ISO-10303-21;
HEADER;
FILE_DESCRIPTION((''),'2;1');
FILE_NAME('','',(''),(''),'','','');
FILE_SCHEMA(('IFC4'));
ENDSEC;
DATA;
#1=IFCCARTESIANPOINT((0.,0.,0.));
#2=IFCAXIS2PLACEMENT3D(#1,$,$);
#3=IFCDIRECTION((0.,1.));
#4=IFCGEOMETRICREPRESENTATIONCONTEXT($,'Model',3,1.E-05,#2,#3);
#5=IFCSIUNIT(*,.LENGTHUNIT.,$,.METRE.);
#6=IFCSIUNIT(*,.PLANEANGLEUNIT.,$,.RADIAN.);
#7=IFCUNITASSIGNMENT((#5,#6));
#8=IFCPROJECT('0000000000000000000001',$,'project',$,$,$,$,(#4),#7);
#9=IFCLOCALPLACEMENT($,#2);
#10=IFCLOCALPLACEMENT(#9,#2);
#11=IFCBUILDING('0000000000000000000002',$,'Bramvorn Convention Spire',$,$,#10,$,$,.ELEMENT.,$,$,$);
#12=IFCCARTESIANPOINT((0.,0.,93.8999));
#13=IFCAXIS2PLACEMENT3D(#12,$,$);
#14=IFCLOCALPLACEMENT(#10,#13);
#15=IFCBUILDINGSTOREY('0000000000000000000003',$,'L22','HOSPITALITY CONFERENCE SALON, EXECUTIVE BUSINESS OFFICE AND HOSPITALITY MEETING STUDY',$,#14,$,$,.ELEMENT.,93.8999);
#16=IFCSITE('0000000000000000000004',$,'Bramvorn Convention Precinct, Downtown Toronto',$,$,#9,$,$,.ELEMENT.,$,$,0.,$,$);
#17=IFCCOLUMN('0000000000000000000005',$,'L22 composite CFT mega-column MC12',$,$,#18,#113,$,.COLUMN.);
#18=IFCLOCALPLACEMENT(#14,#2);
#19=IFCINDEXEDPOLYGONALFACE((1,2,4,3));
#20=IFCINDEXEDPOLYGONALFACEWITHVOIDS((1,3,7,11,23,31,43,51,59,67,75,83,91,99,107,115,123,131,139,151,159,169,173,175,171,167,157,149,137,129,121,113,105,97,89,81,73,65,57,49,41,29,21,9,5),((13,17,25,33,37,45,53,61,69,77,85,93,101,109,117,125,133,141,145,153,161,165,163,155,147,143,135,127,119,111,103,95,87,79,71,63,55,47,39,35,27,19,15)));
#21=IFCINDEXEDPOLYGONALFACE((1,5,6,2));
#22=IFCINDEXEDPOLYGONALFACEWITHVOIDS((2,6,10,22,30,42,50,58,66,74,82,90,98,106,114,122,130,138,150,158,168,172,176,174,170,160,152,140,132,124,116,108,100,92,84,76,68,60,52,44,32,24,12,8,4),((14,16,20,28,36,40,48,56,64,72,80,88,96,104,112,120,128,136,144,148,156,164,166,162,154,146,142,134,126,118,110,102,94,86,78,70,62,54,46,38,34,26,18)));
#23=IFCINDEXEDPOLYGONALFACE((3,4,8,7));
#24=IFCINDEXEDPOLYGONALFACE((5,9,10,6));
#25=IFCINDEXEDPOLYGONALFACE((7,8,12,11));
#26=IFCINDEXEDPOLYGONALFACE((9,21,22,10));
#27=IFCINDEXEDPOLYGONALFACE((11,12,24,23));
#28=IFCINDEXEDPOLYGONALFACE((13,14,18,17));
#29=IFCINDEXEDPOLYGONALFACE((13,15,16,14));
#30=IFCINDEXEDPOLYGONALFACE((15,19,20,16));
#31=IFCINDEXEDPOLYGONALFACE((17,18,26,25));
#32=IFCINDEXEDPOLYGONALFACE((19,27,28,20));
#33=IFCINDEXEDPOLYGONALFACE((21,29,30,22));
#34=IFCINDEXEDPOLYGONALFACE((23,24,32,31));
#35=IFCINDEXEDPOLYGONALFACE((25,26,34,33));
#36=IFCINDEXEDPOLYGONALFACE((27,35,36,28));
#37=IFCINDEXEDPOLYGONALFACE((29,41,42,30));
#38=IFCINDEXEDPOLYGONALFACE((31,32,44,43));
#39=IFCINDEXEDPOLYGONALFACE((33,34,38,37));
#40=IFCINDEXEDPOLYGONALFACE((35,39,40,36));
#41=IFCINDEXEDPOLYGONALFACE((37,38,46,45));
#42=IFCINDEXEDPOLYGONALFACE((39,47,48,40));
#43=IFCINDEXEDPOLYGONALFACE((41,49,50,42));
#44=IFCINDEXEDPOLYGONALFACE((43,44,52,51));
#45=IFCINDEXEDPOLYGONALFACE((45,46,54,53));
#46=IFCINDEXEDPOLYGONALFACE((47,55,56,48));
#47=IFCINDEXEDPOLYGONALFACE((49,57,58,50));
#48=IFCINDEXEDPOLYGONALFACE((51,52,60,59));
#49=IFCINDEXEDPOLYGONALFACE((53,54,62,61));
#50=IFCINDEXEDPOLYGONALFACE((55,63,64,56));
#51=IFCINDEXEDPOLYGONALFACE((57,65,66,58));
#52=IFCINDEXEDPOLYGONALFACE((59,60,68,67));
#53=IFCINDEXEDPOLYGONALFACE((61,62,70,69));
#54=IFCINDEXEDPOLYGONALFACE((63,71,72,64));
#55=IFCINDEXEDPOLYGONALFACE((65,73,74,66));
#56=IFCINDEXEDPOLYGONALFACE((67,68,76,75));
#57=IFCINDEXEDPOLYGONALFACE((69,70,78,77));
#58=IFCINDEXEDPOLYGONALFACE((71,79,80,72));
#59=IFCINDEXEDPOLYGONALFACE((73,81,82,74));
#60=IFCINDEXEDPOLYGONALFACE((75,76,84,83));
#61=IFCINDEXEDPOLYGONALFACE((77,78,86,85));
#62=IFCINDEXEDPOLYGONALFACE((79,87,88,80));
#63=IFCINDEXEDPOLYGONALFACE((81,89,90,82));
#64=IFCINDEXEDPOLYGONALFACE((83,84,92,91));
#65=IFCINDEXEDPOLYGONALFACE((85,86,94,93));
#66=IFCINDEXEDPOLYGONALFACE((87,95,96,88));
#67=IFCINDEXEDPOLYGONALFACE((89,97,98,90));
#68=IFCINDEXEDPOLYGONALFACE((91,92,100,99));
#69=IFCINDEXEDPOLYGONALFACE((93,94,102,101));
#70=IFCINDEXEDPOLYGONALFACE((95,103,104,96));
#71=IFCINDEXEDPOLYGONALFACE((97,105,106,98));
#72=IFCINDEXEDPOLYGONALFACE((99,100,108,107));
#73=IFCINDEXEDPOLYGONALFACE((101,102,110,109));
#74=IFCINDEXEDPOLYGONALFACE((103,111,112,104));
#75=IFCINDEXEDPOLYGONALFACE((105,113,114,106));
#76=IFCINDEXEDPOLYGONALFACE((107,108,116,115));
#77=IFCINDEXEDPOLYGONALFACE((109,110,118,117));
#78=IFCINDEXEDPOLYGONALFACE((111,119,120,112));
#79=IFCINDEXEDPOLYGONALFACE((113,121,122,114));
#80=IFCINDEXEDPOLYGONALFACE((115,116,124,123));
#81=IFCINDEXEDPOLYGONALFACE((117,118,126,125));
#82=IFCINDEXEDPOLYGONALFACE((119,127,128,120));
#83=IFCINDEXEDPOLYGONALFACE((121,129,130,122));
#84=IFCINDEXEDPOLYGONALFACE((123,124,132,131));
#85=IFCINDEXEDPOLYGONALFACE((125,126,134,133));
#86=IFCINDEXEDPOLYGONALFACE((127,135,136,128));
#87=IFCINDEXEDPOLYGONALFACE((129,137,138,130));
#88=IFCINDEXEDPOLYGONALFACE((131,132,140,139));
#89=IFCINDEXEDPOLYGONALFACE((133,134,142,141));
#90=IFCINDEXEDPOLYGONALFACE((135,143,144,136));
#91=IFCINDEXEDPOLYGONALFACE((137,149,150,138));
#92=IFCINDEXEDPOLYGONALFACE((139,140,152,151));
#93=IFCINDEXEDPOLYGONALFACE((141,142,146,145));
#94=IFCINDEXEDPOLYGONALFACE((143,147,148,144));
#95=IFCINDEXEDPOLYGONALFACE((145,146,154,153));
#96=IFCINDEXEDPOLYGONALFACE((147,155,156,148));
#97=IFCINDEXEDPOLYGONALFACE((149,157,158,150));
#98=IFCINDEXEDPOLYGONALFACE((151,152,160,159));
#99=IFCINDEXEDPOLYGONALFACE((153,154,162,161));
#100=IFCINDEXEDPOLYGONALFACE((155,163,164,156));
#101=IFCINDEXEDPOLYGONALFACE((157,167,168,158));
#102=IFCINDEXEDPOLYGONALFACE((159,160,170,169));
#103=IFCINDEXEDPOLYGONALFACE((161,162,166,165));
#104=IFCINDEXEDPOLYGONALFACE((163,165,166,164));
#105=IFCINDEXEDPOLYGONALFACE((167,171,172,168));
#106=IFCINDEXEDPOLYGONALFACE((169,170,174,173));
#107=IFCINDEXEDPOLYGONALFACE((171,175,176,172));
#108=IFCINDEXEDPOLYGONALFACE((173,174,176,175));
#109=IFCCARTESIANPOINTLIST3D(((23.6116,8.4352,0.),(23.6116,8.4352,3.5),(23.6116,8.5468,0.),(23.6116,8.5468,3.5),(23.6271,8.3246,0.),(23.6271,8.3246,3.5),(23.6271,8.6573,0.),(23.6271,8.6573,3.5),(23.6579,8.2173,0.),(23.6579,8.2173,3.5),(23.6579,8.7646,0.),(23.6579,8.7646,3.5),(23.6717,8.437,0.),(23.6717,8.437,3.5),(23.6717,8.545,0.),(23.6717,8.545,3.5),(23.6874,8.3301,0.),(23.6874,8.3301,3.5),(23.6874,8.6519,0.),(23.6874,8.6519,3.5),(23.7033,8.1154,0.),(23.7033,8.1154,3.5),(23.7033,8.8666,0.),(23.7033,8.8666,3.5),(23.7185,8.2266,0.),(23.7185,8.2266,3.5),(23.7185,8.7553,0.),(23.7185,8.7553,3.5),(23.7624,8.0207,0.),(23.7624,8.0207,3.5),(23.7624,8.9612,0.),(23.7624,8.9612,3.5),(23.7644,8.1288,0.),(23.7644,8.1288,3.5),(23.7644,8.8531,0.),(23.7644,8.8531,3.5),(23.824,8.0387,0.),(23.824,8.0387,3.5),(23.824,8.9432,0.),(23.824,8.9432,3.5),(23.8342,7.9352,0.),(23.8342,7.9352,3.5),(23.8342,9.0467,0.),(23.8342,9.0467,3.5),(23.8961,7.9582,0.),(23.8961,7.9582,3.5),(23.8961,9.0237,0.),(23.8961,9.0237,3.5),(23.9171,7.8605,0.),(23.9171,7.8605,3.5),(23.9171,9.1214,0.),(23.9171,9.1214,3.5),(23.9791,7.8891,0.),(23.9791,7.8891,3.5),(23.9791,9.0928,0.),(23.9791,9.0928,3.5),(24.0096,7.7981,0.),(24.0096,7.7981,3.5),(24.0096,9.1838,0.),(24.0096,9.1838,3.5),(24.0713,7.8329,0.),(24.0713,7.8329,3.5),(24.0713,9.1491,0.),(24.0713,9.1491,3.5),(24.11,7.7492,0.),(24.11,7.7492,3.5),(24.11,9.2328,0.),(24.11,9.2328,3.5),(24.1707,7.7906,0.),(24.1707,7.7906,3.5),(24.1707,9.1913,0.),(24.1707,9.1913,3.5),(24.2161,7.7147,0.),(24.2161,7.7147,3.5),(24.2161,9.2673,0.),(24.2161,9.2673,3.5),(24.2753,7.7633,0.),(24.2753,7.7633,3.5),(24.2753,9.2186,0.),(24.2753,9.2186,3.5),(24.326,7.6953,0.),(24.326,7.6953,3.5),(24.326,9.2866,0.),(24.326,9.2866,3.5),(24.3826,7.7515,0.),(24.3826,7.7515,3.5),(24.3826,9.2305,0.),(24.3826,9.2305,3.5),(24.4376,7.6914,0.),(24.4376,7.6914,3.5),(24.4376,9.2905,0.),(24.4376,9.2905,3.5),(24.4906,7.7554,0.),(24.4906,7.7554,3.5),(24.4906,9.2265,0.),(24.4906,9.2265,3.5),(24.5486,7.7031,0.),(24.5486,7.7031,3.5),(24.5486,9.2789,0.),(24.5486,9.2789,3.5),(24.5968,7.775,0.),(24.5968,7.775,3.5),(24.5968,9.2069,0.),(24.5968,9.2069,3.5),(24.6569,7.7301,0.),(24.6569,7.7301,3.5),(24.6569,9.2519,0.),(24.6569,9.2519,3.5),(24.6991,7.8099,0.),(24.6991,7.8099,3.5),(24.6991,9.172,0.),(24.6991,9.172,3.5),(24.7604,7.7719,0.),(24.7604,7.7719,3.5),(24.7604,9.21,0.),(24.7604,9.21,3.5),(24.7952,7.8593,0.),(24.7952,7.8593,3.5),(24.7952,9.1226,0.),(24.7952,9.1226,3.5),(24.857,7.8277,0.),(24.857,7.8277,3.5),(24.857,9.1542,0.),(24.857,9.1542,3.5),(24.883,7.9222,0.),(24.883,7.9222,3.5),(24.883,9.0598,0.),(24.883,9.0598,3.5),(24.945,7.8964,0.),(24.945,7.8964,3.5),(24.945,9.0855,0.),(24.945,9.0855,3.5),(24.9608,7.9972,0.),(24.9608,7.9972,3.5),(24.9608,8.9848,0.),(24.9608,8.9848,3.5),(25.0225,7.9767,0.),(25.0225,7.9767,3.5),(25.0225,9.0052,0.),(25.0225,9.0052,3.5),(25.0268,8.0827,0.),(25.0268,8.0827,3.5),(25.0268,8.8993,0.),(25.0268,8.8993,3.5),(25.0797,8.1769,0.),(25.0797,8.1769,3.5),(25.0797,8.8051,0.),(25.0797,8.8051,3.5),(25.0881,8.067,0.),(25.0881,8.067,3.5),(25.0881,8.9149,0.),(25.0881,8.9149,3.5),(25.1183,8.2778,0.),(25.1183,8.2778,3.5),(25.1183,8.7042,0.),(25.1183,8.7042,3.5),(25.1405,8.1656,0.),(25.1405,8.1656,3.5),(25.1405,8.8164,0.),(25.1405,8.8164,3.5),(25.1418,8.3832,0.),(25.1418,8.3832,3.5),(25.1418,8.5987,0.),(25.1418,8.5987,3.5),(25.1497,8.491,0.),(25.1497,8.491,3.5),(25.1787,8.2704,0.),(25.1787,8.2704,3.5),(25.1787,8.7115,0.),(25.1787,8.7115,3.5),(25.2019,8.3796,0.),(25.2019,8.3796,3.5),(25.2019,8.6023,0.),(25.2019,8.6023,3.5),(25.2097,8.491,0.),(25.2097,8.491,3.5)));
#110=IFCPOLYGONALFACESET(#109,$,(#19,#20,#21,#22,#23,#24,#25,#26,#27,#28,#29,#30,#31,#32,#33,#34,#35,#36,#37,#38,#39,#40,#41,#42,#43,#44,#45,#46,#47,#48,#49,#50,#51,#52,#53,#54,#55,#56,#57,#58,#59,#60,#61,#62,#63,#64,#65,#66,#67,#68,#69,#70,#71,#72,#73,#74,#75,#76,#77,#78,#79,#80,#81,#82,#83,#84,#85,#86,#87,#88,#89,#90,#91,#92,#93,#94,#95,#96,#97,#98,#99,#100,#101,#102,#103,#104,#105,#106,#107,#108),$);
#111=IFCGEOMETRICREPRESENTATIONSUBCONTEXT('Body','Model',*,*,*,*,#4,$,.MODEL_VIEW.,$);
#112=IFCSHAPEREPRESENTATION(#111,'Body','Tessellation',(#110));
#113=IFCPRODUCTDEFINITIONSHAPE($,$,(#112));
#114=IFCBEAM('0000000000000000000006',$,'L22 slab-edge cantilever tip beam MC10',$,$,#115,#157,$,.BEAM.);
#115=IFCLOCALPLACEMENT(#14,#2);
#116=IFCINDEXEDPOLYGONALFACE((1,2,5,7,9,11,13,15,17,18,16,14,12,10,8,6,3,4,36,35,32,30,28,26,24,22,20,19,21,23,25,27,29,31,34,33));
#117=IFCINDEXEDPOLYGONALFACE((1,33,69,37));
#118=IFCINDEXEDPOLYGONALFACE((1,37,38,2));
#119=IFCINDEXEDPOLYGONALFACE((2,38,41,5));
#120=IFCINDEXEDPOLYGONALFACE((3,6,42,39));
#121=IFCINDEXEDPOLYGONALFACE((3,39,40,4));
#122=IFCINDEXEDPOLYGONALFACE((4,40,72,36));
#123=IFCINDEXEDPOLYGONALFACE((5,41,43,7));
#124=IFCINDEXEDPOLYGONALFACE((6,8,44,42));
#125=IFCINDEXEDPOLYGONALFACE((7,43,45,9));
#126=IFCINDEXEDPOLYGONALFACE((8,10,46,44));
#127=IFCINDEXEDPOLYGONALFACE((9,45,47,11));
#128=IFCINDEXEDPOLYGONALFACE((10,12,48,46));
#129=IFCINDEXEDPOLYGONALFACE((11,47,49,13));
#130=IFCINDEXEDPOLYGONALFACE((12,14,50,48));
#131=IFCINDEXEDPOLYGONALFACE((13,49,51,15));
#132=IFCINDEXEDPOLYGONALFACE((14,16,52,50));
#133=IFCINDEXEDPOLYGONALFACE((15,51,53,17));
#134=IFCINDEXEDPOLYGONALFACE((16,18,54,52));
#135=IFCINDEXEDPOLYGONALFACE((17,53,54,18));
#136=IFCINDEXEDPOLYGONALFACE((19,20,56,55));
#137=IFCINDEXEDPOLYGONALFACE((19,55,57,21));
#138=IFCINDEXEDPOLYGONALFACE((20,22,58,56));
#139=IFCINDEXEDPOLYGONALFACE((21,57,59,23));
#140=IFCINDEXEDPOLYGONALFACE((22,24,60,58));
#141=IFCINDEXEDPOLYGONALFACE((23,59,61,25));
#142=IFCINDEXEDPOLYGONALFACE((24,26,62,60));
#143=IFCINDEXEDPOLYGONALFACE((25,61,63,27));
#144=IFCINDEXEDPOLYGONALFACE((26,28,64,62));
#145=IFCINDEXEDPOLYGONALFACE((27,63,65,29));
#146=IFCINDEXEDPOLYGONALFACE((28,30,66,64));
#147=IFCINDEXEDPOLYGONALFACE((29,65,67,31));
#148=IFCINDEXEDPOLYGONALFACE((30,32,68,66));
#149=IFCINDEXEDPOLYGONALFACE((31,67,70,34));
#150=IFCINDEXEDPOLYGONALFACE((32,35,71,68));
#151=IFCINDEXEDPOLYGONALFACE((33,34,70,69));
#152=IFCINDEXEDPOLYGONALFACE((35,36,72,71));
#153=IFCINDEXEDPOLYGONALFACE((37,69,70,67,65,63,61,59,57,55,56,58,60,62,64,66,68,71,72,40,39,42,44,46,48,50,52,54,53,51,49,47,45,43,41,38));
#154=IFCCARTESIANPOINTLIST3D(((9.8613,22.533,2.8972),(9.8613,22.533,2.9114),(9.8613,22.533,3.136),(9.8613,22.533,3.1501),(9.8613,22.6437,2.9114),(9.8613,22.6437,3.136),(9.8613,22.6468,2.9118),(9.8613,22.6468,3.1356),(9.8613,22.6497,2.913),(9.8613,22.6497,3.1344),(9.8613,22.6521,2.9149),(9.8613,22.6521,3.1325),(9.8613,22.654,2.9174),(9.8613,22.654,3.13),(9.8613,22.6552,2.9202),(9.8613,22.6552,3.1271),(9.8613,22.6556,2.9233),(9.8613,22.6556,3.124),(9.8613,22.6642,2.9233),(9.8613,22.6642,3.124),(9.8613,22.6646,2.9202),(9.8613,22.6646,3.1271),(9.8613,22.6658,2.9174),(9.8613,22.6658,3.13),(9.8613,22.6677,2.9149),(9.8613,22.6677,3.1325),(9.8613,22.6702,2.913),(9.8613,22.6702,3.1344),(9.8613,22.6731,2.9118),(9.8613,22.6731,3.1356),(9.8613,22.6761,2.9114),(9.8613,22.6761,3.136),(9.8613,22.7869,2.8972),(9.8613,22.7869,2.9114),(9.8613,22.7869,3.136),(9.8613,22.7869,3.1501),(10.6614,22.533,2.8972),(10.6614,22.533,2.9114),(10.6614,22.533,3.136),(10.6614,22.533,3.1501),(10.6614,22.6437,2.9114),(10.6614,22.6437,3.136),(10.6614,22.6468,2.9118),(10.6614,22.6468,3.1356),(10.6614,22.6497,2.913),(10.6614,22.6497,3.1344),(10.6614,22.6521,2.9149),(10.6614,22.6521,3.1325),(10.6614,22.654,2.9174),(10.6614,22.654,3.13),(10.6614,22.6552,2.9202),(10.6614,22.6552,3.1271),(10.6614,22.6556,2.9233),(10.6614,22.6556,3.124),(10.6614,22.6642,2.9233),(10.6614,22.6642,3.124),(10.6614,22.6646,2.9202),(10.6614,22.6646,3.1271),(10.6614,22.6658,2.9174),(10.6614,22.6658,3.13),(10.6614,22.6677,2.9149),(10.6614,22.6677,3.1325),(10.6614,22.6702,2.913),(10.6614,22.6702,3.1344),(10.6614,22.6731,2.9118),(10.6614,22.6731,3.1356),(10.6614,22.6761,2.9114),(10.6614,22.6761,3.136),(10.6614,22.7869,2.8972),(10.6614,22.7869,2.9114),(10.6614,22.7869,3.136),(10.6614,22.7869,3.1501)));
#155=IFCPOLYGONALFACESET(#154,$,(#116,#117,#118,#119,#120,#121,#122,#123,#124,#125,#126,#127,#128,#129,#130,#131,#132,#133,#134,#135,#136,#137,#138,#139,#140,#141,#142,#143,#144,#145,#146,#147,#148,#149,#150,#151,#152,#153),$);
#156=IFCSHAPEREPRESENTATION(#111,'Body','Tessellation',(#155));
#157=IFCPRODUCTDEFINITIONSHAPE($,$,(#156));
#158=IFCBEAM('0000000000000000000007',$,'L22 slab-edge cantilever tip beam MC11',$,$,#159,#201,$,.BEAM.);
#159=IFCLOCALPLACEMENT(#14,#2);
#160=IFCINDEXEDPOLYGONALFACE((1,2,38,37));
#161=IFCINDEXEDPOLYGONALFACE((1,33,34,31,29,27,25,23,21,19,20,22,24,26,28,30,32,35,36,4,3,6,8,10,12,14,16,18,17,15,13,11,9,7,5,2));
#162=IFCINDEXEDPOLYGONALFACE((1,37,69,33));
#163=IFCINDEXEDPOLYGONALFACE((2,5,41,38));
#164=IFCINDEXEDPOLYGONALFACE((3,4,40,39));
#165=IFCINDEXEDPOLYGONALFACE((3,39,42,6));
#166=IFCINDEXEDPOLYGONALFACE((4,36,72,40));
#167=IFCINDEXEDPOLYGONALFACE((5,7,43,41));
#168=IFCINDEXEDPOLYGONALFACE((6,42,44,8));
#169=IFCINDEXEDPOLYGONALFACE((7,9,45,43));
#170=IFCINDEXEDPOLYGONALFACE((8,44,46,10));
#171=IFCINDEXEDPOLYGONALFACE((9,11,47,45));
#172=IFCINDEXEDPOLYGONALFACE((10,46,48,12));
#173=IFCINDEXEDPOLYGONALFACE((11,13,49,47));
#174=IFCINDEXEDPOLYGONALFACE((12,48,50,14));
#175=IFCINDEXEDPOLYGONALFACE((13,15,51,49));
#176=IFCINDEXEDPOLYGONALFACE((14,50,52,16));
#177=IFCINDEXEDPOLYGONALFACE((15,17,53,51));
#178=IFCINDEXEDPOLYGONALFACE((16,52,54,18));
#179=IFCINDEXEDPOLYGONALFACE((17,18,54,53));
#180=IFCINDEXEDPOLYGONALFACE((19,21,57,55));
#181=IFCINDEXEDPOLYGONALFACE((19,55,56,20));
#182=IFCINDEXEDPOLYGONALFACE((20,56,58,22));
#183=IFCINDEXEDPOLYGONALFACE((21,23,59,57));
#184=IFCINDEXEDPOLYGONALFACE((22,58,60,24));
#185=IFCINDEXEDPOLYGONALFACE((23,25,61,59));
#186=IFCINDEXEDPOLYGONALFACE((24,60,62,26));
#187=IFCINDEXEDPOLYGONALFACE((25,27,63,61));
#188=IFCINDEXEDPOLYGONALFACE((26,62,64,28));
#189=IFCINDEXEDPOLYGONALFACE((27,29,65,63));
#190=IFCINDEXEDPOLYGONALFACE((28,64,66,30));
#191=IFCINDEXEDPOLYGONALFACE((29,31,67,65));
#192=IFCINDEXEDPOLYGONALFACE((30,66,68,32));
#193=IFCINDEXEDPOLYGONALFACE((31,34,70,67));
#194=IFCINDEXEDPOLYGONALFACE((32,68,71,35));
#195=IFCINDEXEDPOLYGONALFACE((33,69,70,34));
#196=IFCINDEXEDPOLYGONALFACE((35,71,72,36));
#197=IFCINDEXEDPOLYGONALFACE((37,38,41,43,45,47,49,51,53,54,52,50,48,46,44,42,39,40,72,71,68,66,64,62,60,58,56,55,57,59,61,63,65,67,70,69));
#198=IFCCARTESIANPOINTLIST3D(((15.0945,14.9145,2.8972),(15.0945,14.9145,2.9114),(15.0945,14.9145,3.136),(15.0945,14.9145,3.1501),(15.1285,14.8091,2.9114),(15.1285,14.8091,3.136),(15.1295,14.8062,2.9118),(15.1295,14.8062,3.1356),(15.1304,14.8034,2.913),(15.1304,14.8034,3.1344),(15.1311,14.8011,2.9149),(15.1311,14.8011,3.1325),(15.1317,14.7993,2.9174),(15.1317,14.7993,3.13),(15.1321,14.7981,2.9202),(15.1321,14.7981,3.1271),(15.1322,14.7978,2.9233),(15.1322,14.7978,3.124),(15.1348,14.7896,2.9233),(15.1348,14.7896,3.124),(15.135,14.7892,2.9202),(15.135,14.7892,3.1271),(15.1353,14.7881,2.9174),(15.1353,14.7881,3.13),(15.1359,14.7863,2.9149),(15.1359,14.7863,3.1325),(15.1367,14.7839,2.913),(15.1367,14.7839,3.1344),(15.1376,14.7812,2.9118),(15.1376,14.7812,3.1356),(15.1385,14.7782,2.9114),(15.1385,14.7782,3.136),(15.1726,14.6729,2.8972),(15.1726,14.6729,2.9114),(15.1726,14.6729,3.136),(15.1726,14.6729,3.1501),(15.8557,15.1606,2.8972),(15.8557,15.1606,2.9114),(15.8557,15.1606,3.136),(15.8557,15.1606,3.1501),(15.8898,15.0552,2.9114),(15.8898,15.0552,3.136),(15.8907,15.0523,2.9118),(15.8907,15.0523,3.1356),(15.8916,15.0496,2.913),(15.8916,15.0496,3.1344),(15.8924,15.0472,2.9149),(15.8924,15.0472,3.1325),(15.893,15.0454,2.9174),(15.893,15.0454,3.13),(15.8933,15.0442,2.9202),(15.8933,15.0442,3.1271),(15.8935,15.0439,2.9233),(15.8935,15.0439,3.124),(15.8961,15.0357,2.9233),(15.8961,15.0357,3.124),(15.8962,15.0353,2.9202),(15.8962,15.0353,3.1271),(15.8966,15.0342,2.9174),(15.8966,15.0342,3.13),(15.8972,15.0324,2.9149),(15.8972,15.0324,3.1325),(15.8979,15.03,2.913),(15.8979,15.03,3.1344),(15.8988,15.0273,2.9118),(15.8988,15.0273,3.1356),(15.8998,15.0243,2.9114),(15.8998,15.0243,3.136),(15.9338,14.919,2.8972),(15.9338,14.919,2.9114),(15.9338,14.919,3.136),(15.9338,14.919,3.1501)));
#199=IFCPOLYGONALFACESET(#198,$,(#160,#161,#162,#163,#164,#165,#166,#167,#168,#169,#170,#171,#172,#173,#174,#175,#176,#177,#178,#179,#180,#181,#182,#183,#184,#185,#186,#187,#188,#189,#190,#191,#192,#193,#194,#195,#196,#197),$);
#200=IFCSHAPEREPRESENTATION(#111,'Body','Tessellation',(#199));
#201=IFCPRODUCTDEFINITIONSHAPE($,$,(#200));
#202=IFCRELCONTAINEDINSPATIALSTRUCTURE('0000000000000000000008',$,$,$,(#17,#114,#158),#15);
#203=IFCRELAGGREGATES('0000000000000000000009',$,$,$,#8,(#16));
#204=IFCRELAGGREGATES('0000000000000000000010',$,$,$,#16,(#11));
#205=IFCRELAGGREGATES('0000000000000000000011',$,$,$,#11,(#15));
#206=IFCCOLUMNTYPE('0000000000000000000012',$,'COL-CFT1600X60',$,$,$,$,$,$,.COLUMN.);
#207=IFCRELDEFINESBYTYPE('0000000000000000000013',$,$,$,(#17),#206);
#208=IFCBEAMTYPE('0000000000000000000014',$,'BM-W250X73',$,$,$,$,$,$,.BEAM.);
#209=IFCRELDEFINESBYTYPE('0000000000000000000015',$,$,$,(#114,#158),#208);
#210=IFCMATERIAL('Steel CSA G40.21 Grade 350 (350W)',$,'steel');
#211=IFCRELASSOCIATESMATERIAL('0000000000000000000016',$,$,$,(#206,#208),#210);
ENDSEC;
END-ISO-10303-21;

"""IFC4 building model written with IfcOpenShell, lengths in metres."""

from ifc_helpers import new_model, si_unit, direction, frame, origin, origin_2d, place, context, subcontext, project, spatial, hollow_circle, i_section, extrude, material, material_profile, profile_set, type_object, element, save


model = new_model("IFC4")

# Units and contexts
model_context = context("Model", 3, precision=1e-05, world=origin(), true_north=direction((0.0, 1.0)))
body_context = subcontext(model_context, "Body", "Model", "MODEL_VIEW")
ifc_project = project(units=[si_unit("LENGTHUNIT", "METRE"), si_unit("PLANEANGLEUNIT", "RADIAN")], contexts=[model_context])

# Site, building, storey
site_placement = place(None, origin())
site = spatial("IfcSite", under=ifc_project, at=site_placement, Name="Bramvorn Convention Precinct, Downtown Toronto", CompositionType="ELEMENT", RefElevation=0.0)
building_placement = place(site_placement, origin())
building = spatial("IfcBuilding", under=site, at=building_placement, Name="Bramvorn Convention Spire", CompositionType="ELEMENT")
storey_placement = place(building_placement, frame((0.0, 0.0, 93.8999)))
storey = spatial("IfcBuildingStorey", under=building, at=storey_placement, Name="L22", Description="HOSPITALITY CONFERENCE SALON, EXECUTIVE BUSINESS OFFICE AND HOSPITALITY MEETING STUDY", CompositionType="ELEMENT", Elevation=93.8999)

# Column
ifc_material_1 = material(Name="Steel CSA G40.21 Grade 350 (350W)", Category="steel")
ifc_material_profile_1 = material_profile(ifc_material_1, hollow_circle(Radius=0.8, WallThickness=0.0601, at=origin_2d()))
ifc_profile_set_1 = profile_set([ifc_material_profile_1], Name="Steel CSA G40.21 Grade 350 (350W) - CFT1600X60")
column_type = type_object("IfcColumnType", Name="COL-CFT1600X60", PredefinedType="COLUMN", material=ifc_profile_set_1)
for number, where, z_axis, x_axis, name in (
    (1, (24.4097, 8.491, 0.0), (0.0, 0.0, 1.0), (1.0, 0.0, 0.0), "L22 composite CFT mega-column MC12"),
):
    element("IfcColumn", number, at=place(storey_placement, frame(where, z_axis=z_axis, x_axis=x_axis)), inside=storey, type_object=column_type, Name=name, PredefinedType="COLUMN", context=body_context, shape_type="SweptSolid", body=[
        extrude(hollow_circle(Radius=0.8, WallThickness=0.0601, at=origin_2d()), origin(), (0.0, 0.0, 1.0), 3.5),
    ])

# Beams
ifc_material_profile_2 = material_profile(ifc_material_1, i_section(OverallWidth=0.2539, OverallDepth=0.2529, WebThickness=0.0085, FlangeThickness=0.0142, FilletRadius=0.012, at=origin_2d()))
ifc_profile_set_2 = profile_set([ifc_material_profile_2], Name="Steel CSA G40.21 Grade 350 (350W) - W250X73")
beam_type_1 = type_object("IfcBeamType", Name="BM-W250X73", PredefinedType="BEAM", material=ifc_profile_set_2)
for number, where, z_axis, x_axis, name in (
    (2, (10.6614, 22.6599, 3.0237), (-1.0, 0.0, 0.0), (0.0, -1.0, 0.0), "L22 slab-edge cantilever tip beam MC10"),
    (3, (15.8948, 15.0398, 3.0237), (-0.951513, -0.307609, 0.0), (0.307609, -0.951513, 0.0), "L22 slab-edge cantilever tip beam MC11"),
):
    element("IfcBeam", number, at=place(storey_placement, frame(where, z_axis=z_axis, x_axis=x_axis)), inside=storey, type_object=beam_type_1, Name=name, PredefinedType="BEAM", context=body_context, shape_type="SweptSolid", body=[
        extrude(i_section(OverallWidth=0.2539, OverallDepth=0.2529, WebThickness=0.0085, FlangeThickness=0.0142, FilletRadius=0.012, at=origin_2d()), origin(), (0.0, 0.0, 1.0), 0.8),
    ])

save(model, "model.ifc")
